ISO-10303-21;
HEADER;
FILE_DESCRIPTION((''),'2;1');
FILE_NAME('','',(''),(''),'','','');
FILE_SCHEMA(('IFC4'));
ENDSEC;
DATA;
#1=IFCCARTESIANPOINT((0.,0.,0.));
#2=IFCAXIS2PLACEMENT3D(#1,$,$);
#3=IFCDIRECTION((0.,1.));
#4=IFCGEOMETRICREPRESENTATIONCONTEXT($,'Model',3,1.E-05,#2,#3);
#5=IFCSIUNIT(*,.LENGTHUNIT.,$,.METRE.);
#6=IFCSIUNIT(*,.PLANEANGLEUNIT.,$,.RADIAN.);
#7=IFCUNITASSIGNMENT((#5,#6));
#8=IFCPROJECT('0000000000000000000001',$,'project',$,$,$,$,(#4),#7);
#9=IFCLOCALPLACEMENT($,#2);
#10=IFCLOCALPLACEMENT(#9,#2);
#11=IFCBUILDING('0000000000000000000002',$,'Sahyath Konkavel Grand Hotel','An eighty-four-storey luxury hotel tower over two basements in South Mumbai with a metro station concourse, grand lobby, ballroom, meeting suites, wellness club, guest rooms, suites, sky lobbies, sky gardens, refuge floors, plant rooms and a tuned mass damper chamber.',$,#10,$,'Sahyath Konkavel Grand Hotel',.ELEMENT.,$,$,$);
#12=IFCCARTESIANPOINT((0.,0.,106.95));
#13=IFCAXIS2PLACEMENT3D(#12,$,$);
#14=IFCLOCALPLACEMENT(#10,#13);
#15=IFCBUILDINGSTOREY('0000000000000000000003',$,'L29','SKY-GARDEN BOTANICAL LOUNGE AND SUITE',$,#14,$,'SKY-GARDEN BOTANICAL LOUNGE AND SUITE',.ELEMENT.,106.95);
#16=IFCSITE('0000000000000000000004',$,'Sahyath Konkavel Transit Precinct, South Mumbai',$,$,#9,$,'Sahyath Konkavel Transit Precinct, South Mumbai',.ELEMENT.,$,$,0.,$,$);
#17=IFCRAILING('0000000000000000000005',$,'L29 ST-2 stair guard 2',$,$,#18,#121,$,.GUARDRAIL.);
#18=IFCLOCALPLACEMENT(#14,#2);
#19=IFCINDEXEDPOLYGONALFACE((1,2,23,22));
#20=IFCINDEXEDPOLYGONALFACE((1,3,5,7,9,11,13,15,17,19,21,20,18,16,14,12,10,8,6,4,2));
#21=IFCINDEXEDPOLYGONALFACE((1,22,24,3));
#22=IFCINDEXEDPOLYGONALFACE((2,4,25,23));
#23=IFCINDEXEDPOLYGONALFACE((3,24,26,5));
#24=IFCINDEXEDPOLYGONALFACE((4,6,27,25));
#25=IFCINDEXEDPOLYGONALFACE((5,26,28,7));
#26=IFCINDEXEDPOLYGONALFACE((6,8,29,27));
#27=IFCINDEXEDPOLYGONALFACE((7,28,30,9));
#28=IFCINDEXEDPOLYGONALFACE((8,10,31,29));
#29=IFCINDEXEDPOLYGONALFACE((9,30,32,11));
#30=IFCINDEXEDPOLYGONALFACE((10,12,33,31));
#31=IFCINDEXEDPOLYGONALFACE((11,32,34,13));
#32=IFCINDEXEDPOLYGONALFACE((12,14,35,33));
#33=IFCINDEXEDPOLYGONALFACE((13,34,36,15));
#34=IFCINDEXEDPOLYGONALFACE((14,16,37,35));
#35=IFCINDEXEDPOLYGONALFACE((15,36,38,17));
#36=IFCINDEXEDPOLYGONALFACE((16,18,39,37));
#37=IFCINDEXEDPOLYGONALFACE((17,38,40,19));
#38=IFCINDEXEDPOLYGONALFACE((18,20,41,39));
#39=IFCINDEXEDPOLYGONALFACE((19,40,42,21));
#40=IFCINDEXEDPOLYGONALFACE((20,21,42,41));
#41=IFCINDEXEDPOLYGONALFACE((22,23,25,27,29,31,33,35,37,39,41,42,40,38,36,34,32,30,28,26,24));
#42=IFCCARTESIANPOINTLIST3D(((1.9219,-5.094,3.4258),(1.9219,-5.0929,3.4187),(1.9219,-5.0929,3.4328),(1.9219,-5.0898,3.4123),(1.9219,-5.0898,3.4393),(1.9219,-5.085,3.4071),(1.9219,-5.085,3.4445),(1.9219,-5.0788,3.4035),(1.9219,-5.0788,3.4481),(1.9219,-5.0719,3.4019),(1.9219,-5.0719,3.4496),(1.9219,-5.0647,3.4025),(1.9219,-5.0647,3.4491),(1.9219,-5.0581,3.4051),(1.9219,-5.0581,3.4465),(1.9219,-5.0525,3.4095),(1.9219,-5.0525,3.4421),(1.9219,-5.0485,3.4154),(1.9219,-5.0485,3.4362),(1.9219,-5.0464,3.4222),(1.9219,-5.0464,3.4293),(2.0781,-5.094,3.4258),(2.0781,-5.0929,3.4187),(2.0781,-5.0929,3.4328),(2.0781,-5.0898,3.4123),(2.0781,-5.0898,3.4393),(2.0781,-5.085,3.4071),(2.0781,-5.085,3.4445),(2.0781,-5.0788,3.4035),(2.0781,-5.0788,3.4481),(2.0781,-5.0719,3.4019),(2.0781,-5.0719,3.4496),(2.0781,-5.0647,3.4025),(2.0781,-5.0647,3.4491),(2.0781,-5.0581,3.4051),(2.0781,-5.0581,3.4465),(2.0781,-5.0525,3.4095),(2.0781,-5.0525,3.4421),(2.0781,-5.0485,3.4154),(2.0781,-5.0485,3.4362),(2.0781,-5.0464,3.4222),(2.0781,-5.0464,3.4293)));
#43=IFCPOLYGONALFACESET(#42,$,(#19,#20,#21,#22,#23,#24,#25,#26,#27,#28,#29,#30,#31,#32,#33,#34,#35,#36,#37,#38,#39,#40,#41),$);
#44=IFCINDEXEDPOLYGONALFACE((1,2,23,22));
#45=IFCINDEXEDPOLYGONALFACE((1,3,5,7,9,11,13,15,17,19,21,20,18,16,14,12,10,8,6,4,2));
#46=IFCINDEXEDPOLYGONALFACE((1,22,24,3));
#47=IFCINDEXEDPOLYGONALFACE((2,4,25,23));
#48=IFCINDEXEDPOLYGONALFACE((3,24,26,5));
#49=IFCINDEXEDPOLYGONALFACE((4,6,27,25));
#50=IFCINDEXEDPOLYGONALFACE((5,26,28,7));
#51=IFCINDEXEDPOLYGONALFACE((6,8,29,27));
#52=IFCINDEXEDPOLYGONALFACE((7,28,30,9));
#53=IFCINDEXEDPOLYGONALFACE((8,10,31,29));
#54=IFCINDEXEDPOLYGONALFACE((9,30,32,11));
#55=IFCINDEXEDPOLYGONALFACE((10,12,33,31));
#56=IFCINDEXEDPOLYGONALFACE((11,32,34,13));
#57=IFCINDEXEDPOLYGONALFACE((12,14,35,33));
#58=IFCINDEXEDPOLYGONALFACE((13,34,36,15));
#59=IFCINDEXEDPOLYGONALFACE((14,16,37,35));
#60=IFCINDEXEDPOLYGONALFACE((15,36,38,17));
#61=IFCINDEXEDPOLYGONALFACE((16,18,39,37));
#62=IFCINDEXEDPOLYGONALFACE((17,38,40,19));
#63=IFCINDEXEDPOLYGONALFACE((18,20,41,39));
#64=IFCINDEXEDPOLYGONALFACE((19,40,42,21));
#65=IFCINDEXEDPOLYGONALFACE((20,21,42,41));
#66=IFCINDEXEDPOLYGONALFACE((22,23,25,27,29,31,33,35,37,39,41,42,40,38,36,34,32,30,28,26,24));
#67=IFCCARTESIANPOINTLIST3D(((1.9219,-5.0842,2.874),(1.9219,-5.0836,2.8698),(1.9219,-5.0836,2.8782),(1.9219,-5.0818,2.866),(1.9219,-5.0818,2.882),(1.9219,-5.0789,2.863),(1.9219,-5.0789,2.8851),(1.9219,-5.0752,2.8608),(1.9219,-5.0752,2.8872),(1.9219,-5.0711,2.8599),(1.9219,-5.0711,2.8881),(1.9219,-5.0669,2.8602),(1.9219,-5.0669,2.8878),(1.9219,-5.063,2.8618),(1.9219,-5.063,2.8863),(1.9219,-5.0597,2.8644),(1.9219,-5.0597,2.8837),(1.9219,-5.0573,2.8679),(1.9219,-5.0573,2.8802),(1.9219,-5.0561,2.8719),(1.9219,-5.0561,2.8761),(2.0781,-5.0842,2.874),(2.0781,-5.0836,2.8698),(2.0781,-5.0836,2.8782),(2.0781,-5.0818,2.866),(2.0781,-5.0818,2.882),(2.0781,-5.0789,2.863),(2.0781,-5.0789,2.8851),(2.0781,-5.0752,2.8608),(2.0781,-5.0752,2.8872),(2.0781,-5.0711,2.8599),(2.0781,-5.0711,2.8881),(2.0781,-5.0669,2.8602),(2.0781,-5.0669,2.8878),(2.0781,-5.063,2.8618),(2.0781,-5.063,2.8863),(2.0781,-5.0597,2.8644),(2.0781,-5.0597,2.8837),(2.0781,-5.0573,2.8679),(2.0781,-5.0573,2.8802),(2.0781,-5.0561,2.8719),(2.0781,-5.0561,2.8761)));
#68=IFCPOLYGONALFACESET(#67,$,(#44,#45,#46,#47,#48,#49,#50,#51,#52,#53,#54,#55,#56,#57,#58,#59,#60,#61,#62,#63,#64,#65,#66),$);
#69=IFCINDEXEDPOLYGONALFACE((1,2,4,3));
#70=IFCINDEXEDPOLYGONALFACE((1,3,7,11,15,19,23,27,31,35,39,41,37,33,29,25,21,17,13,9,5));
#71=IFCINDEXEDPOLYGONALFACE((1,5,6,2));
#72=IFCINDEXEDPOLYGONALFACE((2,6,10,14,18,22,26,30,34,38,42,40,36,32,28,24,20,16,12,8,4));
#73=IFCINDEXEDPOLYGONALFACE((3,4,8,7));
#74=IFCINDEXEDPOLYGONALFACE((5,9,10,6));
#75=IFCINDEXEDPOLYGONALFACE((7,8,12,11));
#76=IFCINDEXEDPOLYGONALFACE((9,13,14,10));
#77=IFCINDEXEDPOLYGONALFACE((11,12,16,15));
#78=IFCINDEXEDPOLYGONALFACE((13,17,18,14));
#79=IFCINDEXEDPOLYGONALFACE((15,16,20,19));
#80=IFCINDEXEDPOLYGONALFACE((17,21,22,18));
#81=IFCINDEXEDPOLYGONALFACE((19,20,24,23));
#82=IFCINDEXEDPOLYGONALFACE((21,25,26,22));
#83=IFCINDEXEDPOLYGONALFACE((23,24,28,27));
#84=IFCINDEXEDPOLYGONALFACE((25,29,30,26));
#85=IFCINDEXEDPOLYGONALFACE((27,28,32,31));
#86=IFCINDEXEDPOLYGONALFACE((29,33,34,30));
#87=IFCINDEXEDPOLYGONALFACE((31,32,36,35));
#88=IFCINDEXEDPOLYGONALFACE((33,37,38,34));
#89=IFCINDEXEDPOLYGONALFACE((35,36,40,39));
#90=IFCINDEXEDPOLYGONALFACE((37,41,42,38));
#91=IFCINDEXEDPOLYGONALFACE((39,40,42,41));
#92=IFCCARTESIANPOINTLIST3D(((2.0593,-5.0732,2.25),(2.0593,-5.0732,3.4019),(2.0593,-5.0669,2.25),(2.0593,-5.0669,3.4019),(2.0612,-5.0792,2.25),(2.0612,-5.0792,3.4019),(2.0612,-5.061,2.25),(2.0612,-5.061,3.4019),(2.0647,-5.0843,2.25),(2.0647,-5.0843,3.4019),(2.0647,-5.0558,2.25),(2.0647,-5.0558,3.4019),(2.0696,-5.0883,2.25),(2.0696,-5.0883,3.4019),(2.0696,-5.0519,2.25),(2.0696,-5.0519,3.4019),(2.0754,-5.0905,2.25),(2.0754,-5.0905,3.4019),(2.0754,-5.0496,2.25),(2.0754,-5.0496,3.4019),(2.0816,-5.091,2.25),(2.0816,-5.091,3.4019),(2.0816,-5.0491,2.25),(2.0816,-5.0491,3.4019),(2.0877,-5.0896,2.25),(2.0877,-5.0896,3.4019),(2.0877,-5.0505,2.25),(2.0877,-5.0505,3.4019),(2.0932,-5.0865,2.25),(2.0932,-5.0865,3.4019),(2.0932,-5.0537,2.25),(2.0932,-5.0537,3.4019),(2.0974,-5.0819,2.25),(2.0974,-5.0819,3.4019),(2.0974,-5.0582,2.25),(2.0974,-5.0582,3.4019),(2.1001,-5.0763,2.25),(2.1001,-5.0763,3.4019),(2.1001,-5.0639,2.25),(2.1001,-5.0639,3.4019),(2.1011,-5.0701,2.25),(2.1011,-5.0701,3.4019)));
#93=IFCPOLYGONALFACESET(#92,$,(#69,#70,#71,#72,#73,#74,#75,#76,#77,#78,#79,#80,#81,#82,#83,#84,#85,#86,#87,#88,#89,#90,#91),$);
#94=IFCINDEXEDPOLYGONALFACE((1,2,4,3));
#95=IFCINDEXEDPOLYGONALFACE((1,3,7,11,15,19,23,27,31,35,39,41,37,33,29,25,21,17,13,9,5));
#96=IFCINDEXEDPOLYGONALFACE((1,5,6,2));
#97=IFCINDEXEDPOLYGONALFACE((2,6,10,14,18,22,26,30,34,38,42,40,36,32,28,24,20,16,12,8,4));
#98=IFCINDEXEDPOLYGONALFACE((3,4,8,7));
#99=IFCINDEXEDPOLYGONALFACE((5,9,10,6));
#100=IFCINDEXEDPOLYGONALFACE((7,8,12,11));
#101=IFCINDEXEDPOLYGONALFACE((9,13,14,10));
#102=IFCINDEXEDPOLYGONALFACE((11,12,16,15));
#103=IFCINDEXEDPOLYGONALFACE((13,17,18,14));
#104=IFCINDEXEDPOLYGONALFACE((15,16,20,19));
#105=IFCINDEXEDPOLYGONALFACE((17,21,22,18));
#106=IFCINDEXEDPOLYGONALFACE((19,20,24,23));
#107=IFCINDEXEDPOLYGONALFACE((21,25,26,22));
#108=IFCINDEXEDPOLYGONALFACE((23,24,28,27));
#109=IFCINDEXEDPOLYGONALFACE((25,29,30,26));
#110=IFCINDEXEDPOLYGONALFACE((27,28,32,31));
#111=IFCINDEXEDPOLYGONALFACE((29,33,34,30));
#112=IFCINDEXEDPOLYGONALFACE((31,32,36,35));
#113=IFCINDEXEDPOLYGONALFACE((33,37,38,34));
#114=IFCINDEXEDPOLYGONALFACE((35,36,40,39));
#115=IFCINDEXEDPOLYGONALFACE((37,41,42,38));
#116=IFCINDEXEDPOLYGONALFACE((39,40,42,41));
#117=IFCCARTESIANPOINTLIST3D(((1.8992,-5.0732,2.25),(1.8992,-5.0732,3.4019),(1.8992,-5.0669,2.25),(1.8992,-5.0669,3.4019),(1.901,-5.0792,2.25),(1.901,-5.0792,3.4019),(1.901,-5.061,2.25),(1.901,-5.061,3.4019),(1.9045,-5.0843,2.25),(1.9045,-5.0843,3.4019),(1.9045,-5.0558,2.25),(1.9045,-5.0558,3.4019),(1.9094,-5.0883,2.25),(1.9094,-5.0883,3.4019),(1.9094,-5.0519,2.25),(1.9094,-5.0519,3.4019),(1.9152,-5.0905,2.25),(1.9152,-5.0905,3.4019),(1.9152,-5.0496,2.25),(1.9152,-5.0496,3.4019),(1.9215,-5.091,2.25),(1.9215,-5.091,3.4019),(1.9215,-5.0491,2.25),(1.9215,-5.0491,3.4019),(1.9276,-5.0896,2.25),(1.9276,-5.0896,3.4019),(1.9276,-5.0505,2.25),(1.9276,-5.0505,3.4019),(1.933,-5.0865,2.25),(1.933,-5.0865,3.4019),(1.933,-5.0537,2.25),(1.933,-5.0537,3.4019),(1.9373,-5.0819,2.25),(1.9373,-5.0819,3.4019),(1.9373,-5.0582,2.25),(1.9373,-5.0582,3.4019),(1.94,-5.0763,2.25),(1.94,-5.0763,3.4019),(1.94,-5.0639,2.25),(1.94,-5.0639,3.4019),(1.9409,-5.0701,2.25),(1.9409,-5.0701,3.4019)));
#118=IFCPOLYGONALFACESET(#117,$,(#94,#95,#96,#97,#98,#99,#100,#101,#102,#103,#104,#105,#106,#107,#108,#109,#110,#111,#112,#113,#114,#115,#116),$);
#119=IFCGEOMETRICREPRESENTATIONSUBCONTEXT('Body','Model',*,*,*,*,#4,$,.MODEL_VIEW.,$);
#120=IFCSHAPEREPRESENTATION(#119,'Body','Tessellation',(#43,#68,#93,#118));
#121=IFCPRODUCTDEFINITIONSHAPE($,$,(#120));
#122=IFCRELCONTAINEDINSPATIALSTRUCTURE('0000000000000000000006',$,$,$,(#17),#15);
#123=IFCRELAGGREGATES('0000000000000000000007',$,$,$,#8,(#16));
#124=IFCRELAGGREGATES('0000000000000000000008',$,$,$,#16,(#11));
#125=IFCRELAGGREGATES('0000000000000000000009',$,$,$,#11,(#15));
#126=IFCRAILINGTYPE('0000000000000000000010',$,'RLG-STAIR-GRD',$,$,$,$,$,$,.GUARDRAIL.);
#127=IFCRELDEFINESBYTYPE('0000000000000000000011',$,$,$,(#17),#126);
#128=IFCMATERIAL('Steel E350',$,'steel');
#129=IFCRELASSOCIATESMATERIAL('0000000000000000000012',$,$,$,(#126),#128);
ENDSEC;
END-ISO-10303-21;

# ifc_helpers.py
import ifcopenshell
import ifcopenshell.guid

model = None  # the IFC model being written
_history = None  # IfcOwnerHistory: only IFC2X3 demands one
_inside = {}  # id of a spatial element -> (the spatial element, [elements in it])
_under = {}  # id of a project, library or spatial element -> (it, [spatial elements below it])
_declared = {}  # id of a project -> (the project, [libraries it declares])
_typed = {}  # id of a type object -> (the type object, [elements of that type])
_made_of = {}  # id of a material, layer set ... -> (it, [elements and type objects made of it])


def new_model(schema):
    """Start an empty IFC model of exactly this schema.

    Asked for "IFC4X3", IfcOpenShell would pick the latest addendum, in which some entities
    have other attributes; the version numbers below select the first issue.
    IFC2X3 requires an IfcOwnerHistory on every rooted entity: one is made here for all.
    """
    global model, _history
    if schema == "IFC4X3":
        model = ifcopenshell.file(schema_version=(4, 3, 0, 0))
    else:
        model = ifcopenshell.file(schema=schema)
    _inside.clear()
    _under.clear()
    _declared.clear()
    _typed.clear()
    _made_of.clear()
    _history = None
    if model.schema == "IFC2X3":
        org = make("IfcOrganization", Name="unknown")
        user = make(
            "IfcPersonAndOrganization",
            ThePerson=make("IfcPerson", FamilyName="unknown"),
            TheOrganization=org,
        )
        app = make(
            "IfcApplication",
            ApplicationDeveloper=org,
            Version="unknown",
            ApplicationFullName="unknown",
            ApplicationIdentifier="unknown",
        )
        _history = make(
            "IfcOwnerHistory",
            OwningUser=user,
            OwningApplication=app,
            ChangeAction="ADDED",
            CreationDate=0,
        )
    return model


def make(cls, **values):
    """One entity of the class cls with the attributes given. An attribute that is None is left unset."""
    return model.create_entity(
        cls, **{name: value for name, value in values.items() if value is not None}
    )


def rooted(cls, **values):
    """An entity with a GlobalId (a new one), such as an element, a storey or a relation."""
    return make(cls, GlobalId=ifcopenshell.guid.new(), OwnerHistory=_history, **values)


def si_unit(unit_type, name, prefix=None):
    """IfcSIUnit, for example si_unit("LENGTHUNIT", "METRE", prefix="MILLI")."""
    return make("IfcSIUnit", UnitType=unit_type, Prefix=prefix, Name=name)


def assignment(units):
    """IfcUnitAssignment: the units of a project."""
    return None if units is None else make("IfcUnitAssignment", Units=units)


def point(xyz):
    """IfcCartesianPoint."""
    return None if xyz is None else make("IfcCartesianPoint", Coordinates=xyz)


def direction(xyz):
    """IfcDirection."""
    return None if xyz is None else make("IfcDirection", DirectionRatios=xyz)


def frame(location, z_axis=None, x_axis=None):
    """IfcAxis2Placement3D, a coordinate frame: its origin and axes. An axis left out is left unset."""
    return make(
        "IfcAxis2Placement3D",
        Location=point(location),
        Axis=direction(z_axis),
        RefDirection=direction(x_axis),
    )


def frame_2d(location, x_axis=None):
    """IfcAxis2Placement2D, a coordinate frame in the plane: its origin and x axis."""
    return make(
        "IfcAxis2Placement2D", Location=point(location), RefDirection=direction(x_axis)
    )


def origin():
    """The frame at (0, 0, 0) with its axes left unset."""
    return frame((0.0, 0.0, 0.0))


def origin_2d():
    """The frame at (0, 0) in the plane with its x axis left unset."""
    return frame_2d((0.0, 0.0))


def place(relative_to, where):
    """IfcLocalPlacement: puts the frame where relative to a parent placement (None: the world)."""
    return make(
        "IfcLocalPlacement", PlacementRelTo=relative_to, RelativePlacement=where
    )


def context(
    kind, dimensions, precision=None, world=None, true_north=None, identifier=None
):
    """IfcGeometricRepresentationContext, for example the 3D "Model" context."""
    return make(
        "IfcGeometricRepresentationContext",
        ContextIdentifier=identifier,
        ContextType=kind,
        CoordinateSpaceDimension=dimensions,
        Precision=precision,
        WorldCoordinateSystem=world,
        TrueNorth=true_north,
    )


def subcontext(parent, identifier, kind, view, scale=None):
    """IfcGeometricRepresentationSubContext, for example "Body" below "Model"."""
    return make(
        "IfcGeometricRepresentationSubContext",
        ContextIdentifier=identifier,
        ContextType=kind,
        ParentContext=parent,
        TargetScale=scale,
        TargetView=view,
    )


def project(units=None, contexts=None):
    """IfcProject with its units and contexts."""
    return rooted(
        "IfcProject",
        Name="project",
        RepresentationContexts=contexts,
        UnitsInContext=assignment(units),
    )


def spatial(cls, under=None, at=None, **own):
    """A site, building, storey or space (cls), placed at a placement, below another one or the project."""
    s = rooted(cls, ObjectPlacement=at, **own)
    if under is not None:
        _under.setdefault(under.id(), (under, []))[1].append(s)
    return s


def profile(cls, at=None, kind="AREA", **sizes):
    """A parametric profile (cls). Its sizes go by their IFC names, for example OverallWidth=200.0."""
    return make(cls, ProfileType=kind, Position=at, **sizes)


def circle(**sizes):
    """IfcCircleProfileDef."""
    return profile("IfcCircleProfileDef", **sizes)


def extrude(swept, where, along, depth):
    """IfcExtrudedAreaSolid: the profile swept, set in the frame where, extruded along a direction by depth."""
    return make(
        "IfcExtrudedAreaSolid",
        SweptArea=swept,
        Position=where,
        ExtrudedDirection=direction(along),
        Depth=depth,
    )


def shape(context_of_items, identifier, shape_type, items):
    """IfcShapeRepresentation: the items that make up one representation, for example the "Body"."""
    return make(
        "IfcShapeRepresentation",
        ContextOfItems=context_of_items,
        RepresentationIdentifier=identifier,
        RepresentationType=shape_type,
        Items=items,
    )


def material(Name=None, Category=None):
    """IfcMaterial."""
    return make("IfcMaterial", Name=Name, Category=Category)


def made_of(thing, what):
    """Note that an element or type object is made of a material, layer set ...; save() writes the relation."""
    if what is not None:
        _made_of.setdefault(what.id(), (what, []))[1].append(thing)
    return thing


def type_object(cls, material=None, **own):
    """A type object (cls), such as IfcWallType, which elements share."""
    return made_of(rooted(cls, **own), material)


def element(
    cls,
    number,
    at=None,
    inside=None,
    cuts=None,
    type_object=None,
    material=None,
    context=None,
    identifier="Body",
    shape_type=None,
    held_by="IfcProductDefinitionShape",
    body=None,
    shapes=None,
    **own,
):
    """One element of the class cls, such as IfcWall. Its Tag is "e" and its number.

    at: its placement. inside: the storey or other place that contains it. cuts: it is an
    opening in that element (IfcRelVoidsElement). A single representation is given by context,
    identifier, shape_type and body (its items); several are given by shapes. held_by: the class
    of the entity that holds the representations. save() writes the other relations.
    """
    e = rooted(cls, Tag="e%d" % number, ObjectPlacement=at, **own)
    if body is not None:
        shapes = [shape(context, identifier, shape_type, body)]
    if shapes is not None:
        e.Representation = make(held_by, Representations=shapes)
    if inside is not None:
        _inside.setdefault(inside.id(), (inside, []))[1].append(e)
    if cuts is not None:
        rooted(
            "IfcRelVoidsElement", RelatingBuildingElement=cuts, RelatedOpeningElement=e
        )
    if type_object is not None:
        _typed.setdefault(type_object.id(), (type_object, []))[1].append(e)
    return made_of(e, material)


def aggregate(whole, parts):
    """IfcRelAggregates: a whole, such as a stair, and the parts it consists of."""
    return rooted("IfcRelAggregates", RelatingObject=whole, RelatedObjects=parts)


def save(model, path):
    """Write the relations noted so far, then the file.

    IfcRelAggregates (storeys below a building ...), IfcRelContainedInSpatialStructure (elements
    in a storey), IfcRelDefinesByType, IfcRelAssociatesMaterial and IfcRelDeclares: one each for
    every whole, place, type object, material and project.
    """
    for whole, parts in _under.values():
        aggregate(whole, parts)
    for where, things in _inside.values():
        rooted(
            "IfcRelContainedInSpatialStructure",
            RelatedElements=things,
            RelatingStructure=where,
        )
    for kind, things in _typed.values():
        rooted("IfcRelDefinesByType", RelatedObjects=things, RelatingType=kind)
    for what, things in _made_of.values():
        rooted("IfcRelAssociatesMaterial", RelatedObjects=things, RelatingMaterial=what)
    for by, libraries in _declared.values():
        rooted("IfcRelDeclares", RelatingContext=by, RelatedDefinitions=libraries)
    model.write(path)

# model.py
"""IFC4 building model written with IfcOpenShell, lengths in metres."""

from ifc_helpers import new_model, si_unit, direction, frame, origin, origin_2d, place, context, subcontext, project, spatial, circle, extrude, material, type_object, element, save


model = new_model("IFC4")

# Units and contexts
model_context = context("Model", 3, precision=1e-05, world=origin(), true_north=direction((0.0, 1.0)))
body_context = subcontext(model_context, "Body", "Model", "MODEL_VIEW")
ifc_project = project(units=[si_unit("LENGTHUNIT", "METRE"), si_unit("PLANEANGLEUNIT", "RADIAN")], contexts=[model_context])

# Site, building, storey
site_placement = place(None, origin())
site = spatial("IfcSite", under=ifc_project, at=site_placement, Name="Sahyath Konkavel Transit Precinct, South Mumbai", LongName="Sahyath Konkavel Transit Precinct, South Mumbai", CompositionType="ELEMENT", RefElevation=0.0)
building_placement = place(site_placement, origin())
building = spatial("IfcBuilding", under=site, at=building_placement, Name="Sahyath Konkavel Grand Hotel", Description="An eighty-four-storey luxury hotel tower over two basements in South Mumbai with a metro station concourse, grand lobby, ballroom, meeting suites, wellness club, guest rooms, suites, sky lobbies, sky gardens, refuge floors, plant rooms and a tuned mass damper chamber.", LongName="Sahyath Konkavel Grand Hotel", CompositionType="ELEMENT")
storey_placement = place(building_placement, frame((0.0, 0.0, 106.95)))
storey = spatial("IfcBuildingStorey", under=building, at=storey_placement, Name="L29", Description="SKY-GARDEN BOTANICAL LOUNGE AND SUITE", LongName="SKY-GARDEN BOTANICAL LOUNGE AND SUITE", CompositionType="ELEMENT", Elevation=106.95)

# Shared definitions
ifc_material_1 = material(Name="Steel E350", Category="steel")

# Railing
railing_type_1 = type_object("IfcRailingType", Name="RLG-STAIR-GRD", PredefinedType="GUARDRAIL", material=ifc_material_1)
railing_1_placement = place(storey_placement, frame((2.0801, -5.0701, 2.25)))
element("IfcRailing", 1, at=railing_1_placement, inside=storey, type_object=railing_type_1, Name="L29 ST-2 stair guard 2", PredefinedType="GUARDRAIL", context=body_context, shape_type="SweptSolid", body=[
    extrude(circle(Radius=0.0239, at=origin_2d()), frame((-0.002, 0.0, 1.1758), z_axis=(-1.0, 0.0, 0.0), x_axis=(0.0, -1.0, 0.0)), (0.0, 0.0, 1.0), 0.1562),
    extrude(circle(Radius=0.0142, at=origin_2d()), frame((-0.002, 0.0, 0.624), z_axis=(-1.0, 0.0, 0.0), x_axis=(0.0, -1.0, 0.0)), (0.0, 0.0, 1.0), 0.1562),
    extrude(circle(Radius=0.021, at=origin_2d()), origin(), (0.0, 0.0, 1.0), 1.1519),
    extrude(circle(Radius=0.021, at=origin_2d()), frame((-0.1602, 0.0, 0.0)), (0.0, 0.0, 1.0), 1.1519),
])

save(model, "model.ifc")
